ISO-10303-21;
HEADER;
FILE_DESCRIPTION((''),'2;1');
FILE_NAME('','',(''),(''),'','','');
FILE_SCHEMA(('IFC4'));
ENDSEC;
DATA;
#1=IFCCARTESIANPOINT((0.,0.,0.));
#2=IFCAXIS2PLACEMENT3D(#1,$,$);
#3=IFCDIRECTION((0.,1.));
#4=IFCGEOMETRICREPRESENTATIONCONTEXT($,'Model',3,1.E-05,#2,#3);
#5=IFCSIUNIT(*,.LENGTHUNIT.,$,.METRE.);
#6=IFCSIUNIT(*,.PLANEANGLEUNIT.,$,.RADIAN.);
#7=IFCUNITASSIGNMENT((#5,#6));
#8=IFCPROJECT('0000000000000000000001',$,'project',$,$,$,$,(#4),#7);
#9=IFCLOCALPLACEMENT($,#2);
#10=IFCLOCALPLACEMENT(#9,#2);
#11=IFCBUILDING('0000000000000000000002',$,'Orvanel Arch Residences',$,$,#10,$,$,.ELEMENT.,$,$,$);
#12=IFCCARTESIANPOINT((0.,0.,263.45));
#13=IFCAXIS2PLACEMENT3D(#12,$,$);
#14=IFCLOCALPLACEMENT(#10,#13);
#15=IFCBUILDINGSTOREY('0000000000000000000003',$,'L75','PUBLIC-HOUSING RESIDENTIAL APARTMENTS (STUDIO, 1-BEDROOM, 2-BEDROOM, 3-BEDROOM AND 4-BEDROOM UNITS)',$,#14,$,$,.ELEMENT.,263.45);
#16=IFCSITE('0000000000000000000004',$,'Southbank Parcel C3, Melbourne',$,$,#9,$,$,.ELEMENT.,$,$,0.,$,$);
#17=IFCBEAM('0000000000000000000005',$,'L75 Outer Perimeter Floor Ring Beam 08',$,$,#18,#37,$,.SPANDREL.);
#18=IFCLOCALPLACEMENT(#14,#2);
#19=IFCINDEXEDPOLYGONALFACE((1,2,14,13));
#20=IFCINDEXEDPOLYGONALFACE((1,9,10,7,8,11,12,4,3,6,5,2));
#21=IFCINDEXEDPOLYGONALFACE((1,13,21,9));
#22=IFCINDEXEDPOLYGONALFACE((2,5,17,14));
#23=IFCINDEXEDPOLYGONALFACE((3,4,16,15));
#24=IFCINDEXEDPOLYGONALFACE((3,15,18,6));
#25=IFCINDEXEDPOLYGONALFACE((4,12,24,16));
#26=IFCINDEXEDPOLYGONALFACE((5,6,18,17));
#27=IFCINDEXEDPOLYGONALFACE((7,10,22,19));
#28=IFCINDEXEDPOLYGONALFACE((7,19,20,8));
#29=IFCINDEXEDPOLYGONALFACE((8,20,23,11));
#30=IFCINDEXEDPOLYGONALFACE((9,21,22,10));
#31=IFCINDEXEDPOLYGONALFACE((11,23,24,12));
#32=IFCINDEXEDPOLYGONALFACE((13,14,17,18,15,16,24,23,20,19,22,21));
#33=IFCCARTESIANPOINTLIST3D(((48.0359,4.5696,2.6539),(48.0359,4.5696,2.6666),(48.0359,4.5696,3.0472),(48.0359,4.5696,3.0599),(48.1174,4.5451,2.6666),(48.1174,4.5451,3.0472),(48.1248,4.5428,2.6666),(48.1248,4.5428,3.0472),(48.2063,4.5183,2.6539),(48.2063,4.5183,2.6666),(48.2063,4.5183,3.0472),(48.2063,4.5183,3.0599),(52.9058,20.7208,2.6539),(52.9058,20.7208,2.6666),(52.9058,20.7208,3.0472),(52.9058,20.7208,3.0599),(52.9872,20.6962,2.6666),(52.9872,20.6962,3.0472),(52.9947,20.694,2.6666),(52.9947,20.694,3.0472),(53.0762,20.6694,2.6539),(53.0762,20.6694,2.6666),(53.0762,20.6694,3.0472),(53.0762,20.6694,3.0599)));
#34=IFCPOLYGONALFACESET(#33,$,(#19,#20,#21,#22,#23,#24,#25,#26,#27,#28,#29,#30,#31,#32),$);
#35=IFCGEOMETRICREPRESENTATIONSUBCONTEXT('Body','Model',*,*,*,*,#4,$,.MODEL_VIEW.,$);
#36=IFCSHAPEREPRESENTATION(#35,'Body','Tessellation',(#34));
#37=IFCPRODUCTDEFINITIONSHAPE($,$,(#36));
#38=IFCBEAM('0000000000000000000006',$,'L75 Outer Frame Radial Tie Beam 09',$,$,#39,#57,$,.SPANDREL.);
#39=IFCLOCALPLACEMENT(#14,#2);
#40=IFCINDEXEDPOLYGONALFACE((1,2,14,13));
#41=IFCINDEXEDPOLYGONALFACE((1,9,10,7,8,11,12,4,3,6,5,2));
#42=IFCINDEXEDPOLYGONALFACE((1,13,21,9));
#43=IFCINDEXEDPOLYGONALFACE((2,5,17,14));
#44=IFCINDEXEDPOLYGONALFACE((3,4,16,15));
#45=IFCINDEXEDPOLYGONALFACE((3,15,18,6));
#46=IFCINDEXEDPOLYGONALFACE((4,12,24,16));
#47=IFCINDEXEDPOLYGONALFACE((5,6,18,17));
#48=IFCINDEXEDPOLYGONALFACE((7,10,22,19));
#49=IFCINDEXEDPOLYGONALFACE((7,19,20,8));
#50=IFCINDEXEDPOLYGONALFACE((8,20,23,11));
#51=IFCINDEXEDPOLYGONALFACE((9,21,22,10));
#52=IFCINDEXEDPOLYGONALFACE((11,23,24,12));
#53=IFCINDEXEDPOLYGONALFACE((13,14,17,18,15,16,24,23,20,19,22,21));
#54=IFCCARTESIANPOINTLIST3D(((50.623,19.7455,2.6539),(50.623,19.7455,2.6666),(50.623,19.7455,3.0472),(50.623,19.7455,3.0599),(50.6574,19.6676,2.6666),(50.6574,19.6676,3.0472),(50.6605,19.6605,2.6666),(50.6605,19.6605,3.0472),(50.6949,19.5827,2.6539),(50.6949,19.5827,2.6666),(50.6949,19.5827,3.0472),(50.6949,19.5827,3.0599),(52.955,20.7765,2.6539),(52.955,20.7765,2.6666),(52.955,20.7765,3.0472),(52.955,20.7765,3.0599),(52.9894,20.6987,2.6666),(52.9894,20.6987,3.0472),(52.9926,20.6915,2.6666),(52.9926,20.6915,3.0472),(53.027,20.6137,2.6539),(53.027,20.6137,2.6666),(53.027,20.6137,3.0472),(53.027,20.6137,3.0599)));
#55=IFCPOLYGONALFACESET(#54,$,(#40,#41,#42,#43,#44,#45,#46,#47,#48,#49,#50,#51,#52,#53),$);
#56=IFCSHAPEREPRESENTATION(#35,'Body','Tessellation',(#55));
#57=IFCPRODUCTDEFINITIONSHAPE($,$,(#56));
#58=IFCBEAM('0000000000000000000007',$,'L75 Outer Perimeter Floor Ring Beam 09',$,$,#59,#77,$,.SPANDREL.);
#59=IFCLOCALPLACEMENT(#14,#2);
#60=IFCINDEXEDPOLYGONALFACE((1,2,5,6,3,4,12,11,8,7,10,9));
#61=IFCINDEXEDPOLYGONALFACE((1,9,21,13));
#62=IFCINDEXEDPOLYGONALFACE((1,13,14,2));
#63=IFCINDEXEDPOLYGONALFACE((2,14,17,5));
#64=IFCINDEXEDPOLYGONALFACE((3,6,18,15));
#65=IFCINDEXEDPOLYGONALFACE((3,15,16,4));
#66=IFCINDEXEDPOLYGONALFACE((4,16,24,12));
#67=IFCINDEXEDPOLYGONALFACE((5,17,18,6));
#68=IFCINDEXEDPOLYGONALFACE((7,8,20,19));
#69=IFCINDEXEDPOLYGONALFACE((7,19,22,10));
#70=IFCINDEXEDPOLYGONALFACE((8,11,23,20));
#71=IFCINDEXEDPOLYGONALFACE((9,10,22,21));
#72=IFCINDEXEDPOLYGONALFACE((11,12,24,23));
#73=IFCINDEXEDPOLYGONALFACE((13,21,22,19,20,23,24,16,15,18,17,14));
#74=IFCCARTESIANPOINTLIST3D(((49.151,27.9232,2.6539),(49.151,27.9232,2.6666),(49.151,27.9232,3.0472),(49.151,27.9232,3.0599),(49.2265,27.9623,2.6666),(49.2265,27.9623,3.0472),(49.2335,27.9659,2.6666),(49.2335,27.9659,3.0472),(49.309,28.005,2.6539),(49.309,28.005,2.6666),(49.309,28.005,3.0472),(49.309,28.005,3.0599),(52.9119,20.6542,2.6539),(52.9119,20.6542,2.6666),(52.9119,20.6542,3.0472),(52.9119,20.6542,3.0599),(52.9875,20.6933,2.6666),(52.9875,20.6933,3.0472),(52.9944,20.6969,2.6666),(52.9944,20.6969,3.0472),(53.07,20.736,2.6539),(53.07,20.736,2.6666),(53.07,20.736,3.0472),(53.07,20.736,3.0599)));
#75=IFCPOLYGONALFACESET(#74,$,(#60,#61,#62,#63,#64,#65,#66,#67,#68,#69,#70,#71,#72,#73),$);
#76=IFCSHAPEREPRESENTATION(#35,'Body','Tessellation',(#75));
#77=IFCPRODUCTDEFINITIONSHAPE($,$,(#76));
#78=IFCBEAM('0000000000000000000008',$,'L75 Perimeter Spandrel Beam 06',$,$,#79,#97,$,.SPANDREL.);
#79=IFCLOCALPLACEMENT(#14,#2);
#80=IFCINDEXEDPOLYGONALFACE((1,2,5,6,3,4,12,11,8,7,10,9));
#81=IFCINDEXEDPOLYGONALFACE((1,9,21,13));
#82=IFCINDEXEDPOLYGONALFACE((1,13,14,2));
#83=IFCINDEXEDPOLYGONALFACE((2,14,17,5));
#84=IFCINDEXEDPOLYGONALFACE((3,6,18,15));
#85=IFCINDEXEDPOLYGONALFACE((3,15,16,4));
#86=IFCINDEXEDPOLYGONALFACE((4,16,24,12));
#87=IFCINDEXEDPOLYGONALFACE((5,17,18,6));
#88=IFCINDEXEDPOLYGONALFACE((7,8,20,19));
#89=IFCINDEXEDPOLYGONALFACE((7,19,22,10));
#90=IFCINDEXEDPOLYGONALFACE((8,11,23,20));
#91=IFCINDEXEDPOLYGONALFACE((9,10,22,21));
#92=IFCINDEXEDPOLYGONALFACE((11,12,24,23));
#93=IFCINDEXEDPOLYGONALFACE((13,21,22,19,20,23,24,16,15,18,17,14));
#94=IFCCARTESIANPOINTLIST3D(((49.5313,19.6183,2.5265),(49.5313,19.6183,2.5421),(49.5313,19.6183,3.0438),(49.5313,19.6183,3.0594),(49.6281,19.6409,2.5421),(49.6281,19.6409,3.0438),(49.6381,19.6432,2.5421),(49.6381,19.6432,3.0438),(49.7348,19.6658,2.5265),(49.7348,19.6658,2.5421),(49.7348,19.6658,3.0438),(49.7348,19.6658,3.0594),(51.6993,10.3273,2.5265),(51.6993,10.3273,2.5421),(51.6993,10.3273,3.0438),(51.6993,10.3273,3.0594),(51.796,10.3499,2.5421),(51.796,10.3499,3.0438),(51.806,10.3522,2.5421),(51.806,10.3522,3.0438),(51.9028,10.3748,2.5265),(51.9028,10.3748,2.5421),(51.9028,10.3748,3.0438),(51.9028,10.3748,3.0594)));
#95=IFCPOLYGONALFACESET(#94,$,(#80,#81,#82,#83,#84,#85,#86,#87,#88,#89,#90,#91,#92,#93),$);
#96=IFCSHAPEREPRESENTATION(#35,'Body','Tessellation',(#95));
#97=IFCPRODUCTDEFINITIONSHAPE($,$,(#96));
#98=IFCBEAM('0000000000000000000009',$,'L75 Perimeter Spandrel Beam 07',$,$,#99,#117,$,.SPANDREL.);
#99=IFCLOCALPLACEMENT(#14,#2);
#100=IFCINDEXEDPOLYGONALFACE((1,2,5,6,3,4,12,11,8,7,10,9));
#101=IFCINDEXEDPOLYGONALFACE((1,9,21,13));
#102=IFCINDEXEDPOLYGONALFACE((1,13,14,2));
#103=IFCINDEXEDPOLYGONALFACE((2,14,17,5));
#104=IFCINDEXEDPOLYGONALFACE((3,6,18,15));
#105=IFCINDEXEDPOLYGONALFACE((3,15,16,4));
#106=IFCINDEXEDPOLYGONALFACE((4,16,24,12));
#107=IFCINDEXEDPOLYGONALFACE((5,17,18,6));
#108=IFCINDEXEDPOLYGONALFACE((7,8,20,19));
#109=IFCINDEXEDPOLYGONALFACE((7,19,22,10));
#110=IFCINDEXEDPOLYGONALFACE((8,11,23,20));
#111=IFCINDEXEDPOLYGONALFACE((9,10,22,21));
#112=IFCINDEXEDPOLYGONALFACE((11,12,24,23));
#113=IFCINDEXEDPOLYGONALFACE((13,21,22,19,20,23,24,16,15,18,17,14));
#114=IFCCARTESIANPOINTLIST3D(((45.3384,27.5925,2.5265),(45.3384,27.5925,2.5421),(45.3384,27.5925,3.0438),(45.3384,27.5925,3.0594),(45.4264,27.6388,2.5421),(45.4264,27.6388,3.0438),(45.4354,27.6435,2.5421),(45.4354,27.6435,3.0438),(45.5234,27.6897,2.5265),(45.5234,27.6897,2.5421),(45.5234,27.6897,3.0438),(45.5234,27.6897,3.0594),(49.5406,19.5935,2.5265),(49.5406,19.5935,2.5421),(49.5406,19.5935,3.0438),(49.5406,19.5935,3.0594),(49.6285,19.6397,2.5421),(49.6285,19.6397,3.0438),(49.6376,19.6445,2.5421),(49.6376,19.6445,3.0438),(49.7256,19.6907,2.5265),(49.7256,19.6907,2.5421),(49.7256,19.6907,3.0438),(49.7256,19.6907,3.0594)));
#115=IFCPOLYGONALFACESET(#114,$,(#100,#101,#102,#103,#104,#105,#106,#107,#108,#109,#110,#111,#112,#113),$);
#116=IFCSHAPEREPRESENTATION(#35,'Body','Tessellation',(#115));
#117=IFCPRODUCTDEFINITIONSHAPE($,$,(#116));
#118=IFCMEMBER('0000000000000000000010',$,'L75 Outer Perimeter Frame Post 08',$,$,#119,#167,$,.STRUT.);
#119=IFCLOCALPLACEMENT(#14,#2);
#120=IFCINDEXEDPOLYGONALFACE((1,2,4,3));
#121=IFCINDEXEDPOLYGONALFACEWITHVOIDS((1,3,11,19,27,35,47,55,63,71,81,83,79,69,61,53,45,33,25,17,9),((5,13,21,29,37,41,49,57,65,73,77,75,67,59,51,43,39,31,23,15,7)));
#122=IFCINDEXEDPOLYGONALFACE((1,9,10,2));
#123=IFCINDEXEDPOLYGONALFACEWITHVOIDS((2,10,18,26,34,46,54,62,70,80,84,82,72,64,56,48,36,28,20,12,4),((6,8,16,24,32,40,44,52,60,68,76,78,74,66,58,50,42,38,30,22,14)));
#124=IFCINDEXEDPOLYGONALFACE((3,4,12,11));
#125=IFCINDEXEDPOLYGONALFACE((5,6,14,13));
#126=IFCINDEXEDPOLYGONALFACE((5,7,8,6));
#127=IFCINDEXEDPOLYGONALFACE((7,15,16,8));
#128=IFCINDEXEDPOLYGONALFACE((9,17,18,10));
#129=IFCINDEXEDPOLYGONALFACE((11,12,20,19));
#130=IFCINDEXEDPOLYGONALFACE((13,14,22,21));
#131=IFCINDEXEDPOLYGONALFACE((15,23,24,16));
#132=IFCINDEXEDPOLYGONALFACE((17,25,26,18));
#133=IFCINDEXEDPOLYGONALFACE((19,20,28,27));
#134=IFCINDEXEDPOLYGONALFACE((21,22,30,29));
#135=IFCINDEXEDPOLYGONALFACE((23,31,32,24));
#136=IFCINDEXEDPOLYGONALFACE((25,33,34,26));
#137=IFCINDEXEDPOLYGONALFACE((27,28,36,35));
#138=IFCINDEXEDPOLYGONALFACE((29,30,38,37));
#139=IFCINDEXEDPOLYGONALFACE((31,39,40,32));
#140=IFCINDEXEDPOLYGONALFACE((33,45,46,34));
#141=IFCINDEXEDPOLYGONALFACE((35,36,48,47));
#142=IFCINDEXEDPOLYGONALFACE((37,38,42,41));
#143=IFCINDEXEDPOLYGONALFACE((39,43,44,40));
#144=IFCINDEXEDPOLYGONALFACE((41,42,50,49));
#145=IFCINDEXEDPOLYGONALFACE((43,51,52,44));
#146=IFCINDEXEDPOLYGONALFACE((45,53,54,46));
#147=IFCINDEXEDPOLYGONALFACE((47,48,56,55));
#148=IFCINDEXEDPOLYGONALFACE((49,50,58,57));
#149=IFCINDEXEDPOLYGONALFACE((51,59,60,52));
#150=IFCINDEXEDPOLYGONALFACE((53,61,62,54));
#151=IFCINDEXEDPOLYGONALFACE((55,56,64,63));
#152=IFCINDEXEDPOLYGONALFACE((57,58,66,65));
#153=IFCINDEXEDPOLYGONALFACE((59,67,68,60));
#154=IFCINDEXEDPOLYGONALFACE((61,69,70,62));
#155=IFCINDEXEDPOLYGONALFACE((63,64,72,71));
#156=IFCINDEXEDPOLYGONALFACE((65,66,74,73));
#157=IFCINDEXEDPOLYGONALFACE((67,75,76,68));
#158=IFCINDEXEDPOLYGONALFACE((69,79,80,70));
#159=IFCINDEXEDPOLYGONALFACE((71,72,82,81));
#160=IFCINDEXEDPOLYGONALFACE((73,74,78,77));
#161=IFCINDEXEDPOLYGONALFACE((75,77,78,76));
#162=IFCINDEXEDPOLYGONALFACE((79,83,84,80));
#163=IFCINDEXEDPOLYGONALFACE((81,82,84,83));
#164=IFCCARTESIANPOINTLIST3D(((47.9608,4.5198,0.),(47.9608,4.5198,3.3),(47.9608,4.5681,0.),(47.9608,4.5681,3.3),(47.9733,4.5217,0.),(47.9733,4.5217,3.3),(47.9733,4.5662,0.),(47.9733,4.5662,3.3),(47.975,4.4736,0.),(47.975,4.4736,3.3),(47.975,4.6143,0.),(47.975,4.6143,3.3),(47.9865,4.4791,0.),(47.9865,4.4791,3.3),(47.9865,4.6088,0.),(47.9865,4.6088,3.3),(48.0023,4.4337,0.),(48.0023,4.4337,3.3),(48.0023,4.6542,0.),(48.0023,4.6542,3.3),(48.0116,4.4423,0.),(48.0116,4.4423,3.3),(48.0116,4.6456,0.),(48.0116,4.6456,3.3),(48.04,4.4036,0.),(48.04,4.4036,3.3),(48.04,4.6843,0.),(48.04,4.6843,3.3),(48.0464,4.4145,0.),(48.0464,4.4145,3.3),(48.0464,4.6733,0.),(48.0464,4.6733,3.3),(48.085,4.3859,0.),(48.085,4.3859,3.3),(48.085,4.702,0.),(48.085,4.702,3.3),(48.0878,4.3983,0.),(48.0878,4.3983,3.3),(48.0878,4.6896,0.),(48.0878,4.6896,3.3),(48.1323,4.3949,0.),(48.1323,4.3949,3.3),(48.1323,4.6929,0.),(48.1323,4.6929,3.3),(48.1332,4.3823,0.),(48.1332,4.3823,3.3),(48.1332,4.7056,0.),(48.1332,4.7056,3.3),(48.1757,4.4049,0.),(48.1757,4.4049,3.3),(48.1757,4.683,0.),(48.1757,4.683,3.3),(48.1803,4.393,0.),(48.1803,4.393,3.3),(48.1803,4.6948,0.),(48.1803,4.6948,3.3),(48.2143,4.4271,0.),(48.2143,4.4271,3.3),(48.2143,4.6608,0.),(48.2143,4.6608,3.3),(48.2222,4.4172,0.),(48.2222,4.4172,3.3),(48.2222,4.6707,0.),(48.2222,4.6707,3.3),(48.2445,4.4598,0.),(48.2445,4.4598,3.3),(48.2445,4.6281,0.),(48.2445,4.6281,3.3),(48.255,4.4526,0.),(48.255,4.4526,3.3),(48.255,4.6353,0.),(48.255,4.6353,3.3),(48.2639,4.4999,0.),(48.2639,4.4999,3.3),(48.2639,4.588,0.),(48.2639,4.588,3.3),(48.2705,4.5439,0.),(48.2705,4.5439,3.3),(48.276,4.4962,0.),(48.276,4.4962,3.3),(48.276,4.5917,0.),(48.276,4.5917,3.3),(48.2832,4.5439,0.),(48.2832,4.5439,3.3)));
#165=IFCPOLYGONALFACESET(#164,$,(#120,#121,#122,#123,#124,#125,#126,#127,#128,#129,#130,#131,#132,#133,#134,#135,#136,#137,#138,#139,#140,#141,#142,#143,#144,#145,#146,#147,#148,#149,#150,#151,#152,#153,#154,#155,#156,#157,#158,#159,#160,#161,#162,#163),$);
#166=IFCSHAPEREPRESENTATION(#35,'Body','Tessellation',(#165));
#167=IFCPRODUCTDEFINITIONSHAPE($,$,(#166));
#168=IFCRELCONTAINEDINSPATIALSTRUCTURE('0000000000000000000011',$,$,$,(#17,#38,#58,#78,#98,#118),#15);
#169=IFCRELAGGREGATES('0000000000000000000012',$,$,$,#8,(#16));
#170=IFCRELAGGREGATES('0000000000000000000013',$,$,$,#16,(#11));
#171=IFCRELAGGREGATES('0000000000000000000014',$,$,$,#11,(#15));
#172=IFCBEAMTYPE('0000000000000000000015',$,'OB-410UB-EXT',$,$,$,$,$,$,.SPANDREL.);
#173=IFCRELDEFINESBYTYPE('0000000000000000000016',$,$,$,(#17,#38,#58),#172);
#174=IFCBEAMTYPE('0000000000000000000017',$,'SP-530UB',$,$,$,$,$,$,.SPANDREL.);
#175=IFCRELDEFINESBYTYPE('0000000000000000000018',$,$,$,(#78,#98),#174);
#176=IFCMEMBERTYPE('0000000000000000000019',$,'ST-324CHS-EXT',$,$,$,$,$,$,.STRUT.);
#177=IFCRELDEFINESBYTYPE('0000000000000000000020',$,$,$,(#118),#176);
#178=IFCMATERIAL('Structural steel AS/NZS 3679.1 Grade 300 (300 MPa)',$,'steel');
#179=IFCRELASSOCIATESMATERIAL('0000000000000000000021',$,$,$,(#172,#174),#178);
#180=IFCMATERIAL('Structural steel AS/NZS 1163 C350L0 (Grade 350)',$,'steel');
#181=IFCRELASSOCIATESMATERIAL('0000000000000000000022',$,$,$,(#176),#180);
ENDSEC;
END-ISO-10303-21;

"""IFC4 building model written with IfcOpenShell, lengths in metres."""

from ifc_helpers import new_model, si_unit, direction, frame, origin, origin_2d, place, context, subcontext, project, spatial, hollow_circle, i_section, extrude, material, material_profile, profile_set, type_object, element, save


model = new_model("IFC4")

# Units and contexts
model_context = context("Model", 3, precision=1e-05, world=origin(), true_north=direction((0.0, 1.0)))
body_context = subcontext(model_context, "Body", "Model", "MODEL_VIEW")
ifc_project = project(units=[si_unit("LENGTHUNIT", "METRE"), si_unit("PLANEANGLEUNIT", "RADIAN")], contexts=[model_context])

# Site, building, storey
site_placement = place(None, origin())
site = spatial("IfcSite", under=ifc_project, at=site_placement, Name="Southbank Parcel C3, Melbourne", CompositionType="ELEMENT", RefElevation=0.0)
building_placement = place(site_placement, origin())
building = spatial("IfcBuilding", under=site, at=building_placement, Name="Orvanel Arch Residences", CompositionType="ELEMENT")
storey_placement = place(building_placement, frame((0.0, 0.0, 263.45)))
storey = spatial("IfcBuildingStorey", under=building, at=storey_placement, Name="L75", Description="PUBLIC-HOUSING RESIDENTIAL APARTMENTS (STUDIO, 1-BEDROOM, 2-BEDROOM, 3-BEDROOM AND 4-BEDROOM UNITS)", CompositionType="ELEMENT", Elevation=263.45)

# Beams
ifc_material_1 = material(Name="Structural steel AS/NZS 3679.1 Grade 300 (300 MPa)", Category="steel")
ifc_material_profile_1 = material_profile(ifc_material_1, i_section(OverallWidth=0.178, OverallDepth=0.406, WebThickness=0.0078, FlangeThickness=0.0127, at=origin_2d()), Name="410UB59.7")
ifc_profile_set_1 = profile_set([ifc_material_profile_1], Name="Structural steel AS/NZS 3679.1 Grade 300 (300 MPa)")
beam_type_1 = type_object("IfcBeamType", Name="OB-410UB-EXT", PredefinedType="SPANDREL", material=ifc_profile_set_1)
beam_1_placement = place(storey_placement, frame((48.1211, 4.5439, 2.8569), z_axis=(0.288682, 0.957425, 0.0), x_axis=(-0.957425, 0.288682, 0.0)))
element("IfcBeam", 1, at=beam_1_placement, inside=storey, type_object=beam_type_1, Name="L75 Outer Perimeter Floor Ring Beam 08", PredefinedType="SPANDREL", context=body_context, shape_type="SweptSolid", body=[
    extrude(i_section(OverallWidth=0.178, OverallDepth=0.406, WebThickness=0.0078, FlangeThickness=0.0127, at=origin_2d()), origin(), (0.0, 0.0, 1.0), 16.8694),
])
beam_2_placement = place(storey_placement, frame((50.6589, 19.6641, 2.8569), z_axis=(0.914603, 0.404352, 0.0), x_axis=(-0.404352, 0.914603, 0.0)))
element("IfcBeam", 2, at=beam_2_placement, inside=storey, type_object=beam_type_1, Name="L75 Outer Frame Radial Tie Beam 09", PredefinedType="SPANDREL", context=body_context, shape_type="SweptSolid", body=[
    extrude(i_section(OverallWidth=0.178, OverallDepth=0.406, WebThickness=0.0078, FlangeThickness=0.0127, at=origin_2d()), origin(), (0.0, 0.0, 1.0), 2.5498),
])
beam_3_placement = place(storey_placement, frame((52.991, 20.6951, 2.8569), z_axis=(-0.459532, 0.888161, 0.0), x_axis=(-0.888161, -0.459532, 0.0)))
element("IfcBeam", 3, at=beam_3_placement, inside=storey, type_object=beam_type_1, Name="L75 Outer Perimeter Floor Ring Beam 09", PredefinedType="SPANDREL", context=body_context, shape_type="SweptSolid", body=[
    extrude(i_section(OverallWidth=0.178, OverallDepth=0.406, WebThickness=0.0078, FlangeThickness=0.0127, at=origin_2d()), origin(), (0.0, 0.0, 1.0), 8.1843),
])
ifc_material_profile_2 = material_profile(ifc_material_1, i_section(OverallWidth=0.209, OverallDepth=0.533, WebThickness=0.0103, FlangeThickness=0.0156, at=origin_2d()), Name="530UB92.4")
ifc_profile_set_2 = profile_set([ifc_material_profile_2], Name="Structural steel AS/NZS 3679.1 Grade 300 (300 MPa)")
beam_type_2 = type_object("IfcBeamType", Name="SP-530UB", PredefinedType="SPANDREL", material=ifc_profile_set_2)
beam_4_placement = place(storey_placement, frame((51.801, 10.3511, 2.793), z_axis=(-0.227236, 0.97384, 0.0), x_axis=(-0.97384, -0.227236, 0.0)))
element("IfcBeam", 4, at=beam_4_placement, inside=storey, type_object=beam_type_2, Name="L75 Perimeter Spandrel Beam 06", PredefinedType="SPANDREL", context=body_context, shape_type="SweptSolid", body=[
    extrude(i_section(OverallWidth=0.209, OverallDepth=0.533, WebThickness=0.0103, FlangeThickness=0.0156, at=origin_2d()), origin(), (0.0, 0.0, 1.0), 9.5405),
])
beam_5_placement = place(storey_placement, frame((49.6331, 19.6421, 2.793), z_axis=(-0.465065, 0.885277, 0.0), x_axis=(-0.885277, -0.465065, 0.0)))
element("IfcBeam", 5, at=beam_5_placement, inside=storey, type_object=beam_type_2, Name="L75 Perimeter Spandrel Beam 07", PredefinedType="SPANDREL", context=body_context, shape_type="SweptSolid", body=[
    extrude(i_section(OverallWidth=0.209, OverallDepth=0.533, WebThickness=0.0103, FlangeThickness=0.0156, at=origin_2d()), origin(), (0.0, 0.0, 1.0), 9.0356),
])

# Member
ifc_material_2 = material(Name="Structural steel AS/NZS 1163 C350L0 (Grade 350)", Category="steel")
ifc_material_profile_3 = material_profile(ifc_material_2, hollow_circle(Radius=0.1621, WallThickness=0.0127, at=origin_2d()), Name="CHS324x12.7")
ifc_profile_set_3 = profile_set([ifc_material_profile_3], Name="Structural steel AS/NZS 1163 C350L0 (Grade 350)")
member_type_1 = type_object("IfcMemberType", Name="ST-324CHS-EXT", PredefinedType="STRUT", material=ifc_profile_set_3)
for number, where, z_axis, x_axis, name in (
    (6, (48.1211, 4.5439, 0.0), (0.0, 0.0, 1.0), (1.0, 0.0, 0.0), "L75 Outer Perimeter Frame Post 08"),
):
    element("IfcMember", number, at=place(storey_placement, frame(where, z_axis=z_axis, x_axis=x_axis)), inside=storey, type_object=member_type_1, Name=name, PredefinedType="STRUT", context=body_context, shape_type="SweptSolid", body=[
        extrude(hollow_circle(Radius=0.1621, WallThickness=0.0127, at=origin_2d()), origin(), (0.0, 0.0, 1.0), 3.3),
    ])

save(model, "model.ifc")
